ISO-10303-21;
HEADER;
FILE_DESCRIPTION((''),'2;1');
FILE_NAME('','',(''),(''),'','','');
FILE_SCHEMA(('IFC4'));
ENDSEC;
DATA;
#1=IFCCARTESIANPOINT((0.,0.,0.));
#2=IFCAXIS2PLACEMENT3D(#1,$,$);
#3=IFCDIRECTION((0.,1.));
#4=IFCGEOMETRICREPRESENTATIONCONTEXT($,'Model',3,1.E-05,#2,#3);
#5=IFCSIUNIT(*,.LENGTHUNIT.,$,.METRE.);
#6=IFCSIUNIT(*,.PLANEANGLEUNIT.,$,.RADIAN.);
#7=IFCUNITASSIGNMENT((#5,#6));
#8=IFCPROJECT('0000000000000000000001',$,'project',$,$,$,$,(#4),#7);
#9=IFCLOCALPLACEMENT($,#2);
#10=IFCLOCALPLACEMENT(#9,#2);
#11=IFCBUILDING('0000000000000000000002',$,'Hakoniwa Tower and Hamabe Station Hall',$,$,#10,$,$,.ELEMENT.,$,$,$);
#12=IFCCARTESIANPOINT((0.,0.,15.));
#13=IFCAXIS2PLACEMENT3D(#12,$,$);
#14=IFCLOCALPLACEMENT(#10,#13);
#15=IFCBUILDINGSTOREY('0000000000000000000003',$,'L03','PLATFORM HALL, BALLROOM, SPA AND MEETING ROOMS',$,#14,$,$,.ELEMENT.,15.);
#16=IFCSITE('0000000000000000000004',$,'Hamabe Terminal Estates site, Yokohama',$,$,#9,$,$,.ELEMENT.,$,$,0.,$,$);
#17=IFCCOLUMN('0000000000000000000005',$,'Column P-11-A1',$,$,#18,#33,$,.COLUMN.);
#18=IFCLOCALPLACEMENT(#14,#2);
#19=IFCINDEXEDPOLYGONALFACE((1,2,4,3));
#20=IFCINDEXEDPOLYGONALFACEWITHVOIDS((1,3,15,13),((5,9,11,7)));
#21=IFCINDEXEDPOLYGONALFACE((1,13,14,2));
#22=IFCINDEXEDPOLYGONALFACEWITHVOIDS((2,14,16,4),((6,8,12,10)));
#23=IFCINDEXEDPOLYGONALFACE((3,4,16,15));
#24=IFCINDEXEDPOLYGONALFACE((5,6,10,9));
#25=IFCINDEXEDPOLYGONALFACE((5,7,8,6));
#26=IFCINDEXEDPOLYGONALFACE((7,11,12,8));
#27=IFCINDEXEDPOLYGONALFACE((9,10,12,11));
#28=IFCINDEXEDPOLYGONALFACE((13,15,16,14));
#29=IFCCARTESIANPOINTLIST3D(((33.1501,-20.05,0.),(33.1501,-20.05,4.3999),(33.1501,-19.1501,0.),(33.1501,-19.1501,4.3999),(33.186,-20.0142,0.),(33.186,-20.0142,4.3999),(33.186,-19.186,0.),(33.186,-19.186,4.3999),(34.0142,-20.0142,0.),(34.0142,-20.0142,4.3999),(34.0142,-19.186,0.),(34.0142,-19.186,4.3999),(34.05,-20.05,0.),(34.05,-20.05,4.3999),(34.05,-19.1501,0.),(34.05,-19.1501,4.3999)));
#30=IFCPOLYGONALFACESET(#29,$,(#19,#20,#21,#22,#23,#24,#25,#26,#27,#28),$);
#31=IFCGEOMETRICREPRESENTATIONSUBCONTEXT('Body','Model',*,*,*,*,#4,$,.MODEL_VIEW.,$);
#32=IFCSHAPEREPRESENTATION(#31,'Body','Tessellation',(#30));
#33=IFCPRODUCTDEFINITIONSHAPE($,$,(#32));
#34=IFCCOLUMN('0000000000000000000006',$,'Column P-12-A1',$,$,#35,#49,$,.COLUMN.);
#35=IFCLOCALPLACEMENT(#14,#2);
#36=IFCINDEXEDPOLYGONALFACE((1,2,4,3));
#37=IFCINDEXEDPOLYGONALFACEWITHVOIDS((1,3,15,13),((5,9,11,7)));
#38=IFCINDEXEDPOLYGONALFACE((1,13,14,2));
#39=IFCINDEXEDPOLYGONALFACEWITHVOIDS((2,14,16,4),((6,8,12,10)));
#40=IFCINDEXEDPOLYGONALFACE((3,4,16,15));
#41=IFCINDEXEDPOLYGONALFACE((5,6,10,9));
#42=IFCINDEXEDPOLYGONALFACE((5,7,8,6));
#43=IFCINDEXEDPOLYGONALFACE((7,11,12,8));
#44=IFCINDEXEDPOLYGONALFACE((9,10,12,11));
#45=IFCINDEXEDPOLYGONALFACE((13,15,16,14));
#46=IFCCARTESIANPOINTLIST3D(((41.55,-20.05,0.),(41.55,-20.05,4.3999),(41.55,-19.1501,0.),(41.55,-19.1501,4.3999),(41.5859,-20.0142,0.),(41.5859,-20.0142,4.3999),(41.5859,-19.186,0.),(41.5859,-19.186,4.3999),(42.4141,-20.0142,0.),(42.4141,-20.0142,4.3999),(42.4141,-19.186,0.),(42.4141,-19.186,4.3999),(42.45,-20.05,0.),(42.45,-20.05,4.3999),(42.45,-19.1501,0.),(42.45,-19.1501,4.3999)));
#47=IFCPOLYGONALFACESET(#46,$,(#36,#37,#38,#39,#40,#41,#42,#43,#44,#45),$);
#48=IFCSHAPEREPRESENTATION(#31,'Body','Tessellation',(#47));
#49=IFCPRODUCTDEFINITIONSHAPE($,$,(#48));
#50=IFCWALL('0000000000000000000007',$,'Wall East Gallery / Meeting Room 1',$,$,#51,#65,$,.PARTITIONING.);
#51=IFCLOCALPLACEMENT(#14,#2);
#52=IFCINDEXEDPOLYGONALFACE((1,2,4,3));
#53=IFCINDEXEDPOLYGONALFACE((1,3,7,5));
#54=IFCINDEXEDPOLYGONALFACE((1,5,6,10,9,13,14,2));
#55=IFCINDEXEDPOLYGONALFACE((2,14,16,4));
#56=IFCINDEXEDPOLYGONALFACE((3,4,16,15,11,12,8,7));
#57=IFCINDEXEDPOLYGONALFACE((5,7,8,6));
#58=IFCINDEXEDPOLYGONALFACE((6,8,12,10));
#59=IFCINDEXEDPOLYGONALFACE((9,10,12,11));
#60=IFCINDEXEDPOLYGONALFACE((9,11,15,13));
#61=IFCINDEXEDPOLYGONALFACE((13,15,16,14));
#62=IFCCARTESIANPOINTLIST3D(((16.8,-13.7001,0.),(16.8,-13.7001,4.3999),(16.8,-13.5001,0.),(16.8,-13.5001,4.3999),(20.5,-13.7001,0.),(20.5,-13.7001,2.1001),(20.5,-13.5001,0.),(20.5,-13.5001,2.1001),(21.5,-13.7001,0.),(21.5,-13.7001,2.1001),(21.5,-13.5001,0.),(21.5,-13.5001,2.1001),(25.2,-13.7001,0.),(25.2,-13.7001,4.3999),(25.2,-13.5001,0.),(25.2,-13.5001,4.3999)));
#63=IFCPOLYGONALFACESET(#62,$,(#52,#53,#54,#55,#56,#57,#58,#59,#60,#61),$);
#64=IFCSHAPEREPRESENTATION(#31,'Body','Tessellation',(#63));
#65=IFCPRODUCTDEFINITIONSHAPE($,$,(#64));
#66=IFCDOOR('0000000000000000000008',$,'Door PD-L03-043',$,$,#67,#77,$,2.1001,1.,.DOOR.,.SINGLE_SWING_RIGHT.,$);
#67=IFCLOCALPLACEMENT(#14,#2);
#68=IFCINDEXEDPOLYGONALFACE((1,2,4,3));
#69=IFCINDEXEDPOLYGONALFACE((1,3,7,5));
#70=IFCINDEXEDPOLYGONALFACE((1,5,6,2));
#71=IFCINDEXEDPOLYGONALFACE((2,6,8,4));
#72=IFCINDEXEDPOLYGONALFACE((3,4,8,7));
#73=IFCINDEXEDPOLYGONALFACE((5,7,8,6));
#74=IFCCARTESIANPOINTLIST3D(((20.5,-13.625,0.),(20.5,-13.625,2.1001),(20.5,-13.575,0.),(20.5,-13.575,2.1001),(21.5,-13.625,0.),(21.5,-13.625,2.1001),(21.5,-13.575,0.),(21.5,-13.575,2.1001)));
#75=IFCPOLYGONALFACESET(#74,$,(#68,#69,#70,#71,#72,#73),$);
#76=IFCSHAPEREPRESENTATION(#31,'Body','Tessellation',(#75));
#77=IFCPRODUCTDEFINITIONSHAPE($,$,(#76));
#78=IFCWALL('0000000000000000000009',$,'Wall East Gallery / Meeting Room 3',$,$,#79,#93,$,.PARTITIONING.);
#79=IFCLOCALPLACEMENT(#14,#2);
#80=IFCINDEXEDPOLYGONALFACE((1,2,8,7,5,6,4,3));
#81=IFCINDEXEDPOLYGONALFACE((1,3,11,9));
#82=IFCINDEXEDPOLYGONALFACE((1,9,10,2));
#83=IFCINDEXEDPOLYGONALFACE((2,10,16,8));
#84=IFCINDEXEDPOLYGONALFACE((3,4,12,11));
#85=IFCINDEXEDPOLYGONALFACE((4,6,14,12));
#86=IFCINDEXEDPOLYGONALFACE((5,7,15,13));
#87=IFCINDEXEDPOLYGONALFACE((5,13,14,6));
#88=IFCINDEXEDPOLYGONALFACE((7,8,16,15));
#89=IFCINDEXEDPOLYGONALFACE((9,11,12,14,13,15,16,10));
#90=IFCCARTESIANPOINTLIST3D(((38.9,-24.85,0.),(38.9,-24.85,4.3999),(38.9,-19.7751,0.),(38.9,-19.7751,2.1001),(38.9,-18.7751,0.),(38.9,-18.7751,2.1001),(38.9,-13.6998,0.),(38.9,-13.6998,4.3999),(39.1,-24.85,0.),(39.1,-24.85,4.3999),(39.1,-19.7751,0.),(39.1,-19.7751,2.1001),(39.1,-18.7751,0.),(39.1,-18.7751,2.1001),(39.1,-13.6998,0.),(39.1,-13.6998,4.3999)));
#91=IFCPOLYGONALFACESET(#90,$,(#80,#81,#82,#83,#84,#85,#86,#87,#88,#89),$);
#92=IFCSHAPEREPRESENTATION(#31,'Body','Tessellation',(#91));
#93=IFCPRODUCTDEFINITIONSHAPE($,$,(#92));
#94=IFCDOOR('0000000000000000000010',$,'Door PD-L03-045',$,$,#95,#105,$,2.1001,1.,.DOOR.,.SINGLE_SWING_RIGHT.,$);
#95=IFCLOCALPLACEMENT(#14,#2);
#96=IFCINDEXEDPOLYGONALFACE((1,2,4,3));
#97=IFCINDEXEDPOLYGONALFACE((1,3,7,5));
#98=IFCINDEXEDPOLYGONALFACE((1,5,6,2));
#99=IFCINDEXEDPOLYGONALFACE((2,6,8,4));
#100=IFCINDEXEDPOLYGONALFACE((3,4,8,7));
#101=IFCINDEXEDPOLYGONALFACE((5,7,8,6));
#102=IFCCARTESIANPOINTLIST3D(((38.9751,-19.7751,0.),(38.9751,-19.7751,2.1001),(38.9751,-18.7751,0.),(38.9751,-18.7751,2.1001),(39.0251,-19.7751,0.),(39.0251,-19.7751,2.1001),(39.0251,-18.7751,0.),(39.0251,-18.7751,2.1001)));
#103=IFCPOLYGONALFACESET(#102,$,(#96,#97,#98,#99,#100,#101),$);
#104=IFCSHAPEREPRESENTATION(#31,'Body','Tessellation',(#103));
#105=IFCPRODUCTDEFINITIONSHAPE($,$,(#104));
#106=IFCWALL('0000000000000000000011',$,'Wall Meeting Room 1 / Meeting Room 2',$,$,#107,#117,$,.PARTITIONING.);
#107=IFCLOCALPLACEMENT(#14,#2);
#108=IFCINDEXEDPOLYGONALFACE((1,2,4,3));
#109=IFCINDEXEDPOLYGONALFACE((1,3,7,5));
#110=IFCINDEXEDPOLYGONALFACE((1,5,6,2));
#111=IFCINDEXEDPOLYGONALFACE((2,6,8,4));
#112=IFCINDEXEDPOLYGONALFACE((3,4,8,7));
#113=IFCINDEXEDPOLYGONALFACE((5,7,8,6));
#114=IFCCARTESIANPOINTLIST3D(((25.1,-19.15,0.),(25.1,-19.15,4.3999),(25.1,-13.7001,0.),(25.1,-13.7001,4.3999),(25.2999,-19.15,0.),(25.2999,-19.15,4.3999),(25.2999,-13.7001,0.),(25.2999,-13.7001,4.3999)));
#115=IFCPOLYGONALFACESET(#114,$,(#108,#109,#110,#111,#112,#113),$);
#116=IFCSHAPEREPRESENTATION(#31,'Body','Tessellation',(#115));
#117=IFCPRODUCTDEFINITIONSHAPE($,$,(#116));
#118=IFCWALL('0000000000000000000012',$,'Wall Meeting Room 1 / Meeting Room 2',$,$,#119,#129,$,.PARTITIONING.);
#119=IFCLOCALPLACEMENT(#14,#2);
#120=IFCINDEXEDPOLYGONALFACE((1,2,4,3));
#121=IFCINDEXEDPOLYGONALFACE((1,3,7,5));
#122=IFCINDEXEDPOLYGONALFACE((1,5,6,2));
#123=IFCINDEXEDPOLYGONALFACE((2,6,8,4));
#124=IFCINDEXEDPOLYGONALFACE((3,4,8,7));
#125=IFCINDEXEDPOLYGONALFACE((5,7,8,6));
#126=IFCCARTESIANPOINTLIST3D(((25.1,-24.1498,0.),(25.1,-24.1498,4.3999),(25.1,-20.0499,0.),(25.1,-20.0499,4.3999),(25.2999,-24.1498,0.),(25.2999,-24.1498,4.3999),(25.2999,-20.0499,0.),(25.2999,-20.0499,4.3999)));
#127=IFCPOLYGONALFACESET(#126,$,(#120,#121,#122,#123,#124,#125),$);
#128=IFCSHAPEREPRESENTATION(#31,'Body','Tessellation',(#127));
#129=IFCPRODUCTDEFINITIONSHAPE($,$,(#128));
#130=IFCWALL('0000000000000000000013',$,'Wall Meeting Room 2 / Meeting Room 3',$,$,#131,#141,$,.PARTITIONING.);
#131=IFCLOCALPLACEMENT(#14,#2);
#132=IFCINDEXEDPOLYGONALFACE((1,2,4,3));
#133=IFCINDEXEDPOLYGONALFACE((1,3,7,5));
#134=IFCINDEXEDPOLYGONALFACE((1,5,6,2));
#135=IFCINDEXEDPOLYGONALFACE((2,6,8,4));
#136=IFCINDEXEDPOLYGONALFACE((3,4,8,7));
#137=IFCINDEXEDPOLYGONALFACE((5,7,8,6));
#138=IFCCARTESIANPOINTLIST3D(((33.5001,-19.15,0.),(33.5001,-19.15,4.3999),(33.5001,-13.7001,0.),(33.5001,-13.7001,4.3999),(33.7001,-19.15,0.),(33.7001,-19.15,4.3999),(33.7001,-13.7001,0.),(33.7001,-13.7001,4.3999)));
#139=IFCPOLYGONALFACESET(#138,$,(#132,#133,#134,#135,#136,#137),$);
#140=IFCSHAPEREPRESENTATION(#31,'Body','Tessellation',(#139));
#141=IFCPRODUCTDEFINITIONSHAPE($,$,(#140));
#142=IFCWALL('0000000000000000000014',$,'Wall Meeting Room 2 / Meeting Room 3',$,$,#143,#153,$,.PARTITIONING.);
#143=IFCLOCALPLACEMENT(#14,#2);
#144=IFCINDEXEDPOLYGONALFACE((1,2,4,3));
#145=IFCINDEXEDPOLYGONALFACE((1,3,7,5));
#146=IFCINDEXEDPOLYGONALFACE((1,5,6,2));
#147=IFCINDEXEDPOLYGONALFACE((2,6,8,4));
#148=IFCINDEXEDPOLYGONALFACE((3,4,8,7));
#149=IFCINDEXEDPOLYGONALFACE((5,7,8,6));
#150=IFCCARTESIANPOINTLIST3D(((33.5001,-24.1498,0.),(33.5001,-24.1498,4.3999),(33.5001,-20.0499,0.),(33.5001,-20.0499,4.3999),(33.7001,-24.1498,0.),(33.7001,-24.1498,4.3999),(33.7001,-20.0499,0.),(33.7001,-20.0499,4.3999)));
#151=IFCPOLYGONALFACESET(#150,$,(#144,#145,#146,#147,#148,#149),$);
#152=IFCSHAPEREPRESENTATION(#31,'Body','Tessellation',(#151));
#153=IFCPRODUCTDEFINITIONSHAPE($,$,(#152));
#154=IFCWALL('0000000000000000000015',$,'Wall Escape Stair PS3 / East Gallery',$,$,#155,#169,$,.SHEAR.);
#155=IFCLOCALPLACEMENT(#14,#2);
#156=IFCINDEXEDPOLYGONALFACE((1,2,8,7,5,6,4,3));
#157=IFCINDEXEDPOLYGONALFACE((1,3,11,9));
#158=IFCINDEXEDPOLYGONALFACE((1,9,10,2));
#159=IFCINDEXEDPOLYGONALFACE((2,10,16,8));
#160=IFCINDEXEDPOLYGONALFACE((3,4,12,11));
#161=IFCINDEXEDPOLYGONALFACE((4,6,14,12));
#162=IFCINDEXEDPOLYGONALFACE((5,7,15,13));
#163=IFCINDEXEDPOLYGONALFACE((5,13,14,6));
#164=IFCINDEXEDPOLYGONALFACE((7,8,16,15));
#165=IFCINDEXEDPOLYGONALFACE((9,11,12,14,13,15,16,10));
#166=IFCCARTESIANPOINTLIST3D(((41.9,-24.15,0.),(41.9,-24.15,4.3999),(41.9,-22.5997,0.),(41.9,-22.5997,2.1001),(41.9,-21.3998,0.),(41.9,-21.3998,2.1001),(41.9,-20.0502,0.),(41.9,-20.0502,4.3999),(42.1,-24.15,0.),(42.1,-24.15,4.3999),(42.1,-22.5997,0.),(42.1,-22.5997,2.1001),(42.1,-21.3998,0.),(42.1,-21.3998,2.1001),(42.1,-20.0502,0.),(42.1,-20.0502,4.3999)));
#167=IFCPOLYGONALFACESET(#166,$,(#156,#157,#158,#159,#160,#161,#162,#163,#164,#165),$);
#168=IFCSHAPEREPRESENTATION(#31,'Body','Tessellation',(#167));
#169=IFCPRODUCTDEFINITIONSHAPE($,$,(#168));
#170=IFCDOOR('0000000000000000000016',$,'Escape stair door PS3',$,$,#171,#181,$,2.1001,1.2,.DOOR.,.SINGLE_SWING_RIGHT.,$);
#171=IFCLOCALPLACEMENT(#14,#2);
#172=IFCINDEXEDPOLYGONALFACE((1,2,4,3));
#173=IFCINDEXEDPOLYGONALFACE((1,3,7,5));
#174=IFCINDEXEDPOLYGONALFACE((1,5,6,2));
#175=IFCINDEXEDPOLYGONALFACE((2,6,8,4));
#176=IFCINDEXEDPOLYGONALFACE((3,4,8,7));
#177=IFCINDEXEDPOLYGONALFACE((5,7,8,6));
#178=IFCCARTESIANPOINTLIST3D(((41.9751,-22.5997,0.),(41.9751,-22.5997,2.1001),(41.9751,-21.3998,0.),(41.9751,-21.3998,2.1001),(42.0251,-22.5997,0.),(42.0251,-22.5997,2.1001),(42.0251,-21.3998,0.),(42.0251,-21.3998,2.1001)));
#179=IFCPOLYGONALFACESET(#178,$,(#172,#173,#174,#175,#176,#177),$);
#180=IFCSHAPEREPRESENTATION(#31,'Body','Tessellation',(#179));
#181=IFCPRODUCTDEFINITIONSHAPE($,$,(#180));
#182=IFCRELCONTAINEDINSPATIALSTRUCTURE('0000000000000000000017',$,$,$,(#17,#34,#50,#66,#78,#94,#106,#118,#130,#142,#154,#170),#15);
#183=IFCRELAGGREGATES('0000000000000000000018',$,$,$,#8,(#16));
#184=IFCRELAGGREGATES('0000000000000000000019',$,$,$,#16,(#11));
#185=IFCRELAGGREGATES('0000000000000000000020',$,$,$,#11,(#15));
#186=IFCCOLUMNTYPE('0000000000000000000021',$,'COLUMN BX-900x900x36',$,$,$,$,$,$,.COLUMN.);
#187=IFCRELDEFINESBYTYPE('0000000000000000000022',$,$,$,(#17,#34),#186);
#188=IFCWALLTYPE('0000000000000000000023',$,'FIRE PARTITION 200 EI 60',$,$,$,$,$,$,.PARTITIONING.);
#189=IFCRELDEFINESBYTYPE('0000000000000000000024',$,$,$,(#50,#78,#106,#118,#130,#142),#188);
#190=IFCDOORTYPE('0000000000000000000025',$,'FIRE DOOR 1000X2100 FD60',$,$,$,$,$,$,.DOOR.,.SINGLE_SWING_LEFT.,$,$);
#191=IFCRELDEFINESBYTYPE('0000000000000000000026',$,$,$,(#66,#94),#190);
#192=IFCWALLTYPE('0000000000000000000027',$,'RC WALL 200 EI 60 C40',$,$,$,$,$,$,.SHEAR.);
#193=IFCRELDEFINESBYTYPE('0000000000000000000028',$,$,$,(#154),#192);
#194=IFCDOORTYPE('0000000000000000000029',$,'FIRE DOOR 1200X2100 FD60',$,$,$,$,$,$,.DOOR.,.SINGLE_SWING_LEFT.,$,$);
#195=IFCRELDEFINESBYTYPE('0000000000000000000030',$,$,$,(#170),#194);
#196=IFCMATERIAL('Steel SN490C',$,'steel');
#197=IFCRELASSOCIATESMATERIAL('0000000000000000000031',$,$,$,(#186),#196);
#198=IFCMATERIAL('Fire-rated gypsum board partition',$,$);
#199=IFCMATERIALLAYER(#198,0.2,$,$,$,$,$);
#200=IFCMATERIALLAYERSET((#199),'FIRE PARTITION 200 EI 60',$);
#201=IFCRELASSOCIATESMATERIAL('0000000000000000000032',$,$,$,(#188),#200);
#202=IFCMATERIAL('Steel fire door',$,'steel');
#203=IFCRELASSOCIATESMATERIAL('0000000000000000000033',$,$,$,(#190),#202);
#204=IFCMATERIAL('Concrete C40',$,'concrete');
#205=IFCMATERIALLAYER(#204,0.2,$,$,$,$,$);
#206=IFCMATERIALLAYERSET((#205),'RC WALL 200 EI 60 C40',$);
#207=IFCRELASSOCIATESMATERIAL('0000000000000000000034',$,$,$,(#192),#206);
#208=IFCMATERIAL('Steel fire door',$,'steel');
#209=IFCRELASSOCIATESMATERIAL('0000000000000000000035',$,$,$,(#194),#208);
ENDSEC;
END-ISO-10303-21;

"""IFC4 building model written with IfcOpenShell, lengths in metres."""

from ifc_helpers import new_model, si_unit, direction, frame, frame_2d, origin, origin_2d, place, context, subcontext, project, spatial, rectangle, hollow_rectangle, extrude, material, layer, layer_set, material_profile, profile_set, type_object, element, fill, save


model = new_model("IFC4")

# Units and contexts
model_context = context("Model", 3, precision=1e-05, world=origin(), true_north=direction((0.0, 1.0)))
body_context = subcontext(model_context, "Body", "Model", "MODEL_VIEW")
ifc_project = project(units=[si_unit("LENGTHUNIT", "METRE"), si_unit("PLANEANGLEUNIT", "RADIAN")], contexts=[model_context])

# Site, building, storey
site_placement = place(None, origin())
site = spatial("IfcSite", under=ifc_project, at=site_placement, Name="Hamabe Terminal Estates site, Yokohama", CompositionType="ELEMENT", RefElevation=0.0)
building_placement = place(site_placement, origin())
building = spatial("IfcBuilding", under=site, at=building_placement, Name="Hakoniwa Tower and Hamabe Station Hall", CompositionType="ELEMENT")
storey_placement = place(building_placement, frame((0.0, 0.0, 15.0)))
storey = spatial("IfcBuildingStorey", under=building, at=storey_placement, Name="L03", Description="PLATFORM HALL, BALLROOM, SPA AND MEETING ROOMS", CompositionType="ELEMENT", Elevation=15.0)

# Columns
ifc_material_1 = material(Name="Steel SN490C", Category="steel")
ifc_material_profile_1 = material_profile(ifc_material_1, hollow_rectangle(XDim=0.8999, YDim=0.8999, WallThickness=0.0359, at=origin_2d()), Name="BX-900x900x36")
ifc_profile_set_1 = profile_set([ifc_material_profile_1], Name="Steel SN490C")
column_type_1 = type_object("IfcColumnType", Name="COLUMN BX-900x900x36", PredefinedType="COLUMN", material=ifc_profile_set_1)
for number, where, z_axis, x_axis, name in (
    (1, (33.6001, -19.6001, 0.0), (0.0, 0.0, 1.0), (1.0, 0.0, 0.0), "Column P-11-A1"),
    (2, (42.0, -19.6001, 0.0), (0.0, 0.0, 1.0), (1.0, 0.0, 0.0), "Column P-12-A1"),
):
    element("IfcColumn", number, at=place(storey_placement, frame(where, z_axis=z_axis, x_axis=x_axis)), inside=storey, type_object=column_type_1, Name=name, PredefinedType="COLUMN", context=body_context, shape_type="SweptSolid", body=[
        extrude(hollow_rectangle(XDim=0.8999, YDim=0.8999, WallThickness=0.0359, at=origin_2d()), origin(), (0.0, 0.0, 1.0), 4.3999),
    ])

# Walls, openings, doors
ifc_material_2 = material(Name="Fire-rated gypsum board partition")
ifc_layer_1 = layer(ifc_material_2, 0.2)
ifc_layer_set_1 = layer_set([ifc_layer_1], Name="FIRE PARTITION 200 EI 60")
wall_type_1 = type_object("IfcWallType", Name="FIRE PARTITION 200 EI 60", PredefinedType="PARTITIONING", material=ifc_layer_set_1)
wall_1_placement = place(storey_placement, frame((25.2, -13.6001, 0.0), z_axis=(0.0, 0.0, 1.0), x_axis=(-1.0, 0.0, 0.0)))
wall_1 = element("IfcWall", 3, at=wall_1_placement, inside=storey, type_object=wall_type_1, Name="Wall East Gallery / Meeting Room 1", PredefinedType="PARTITIONING", context=body_context, shape_type="SweptSolid", body=[
    extrude(rectangle(XDim=8.3999, YDim=0.2, at=frame_2d((4.2, 0.0))), origin(), (0.0, 0.0, 1.0), 4.3999),
])
opening_1_placement = place(wall_1_placement, frame((3.7, 0.0, 0.0)))
opening_1 = element("IfcOpeningElement", 4, at=opening_1_placement, cuts=wall_1, PredefinedType="OPENING", context=body_context, shape_type="SweptSolid", body=[
    extrude(rectangle(XDim=1.0, YDim=2.1001, at=frame_2d((0.5, 1.05))), frame((0.0, 0.1099, 0.0), z_axis=(0.0, -1.0, 0.0), x_axis=(1.0, 0.0, 0.0)), (0.0, 0.0, 1.0), 0.22),
])
ifc_material_3 = material(Name="Steel fire door", Category="steel")
door_type_1 = type_object("IfcDoorType", Name="FIRE DOOR 1000X2100 FD60", OperationType="SINGLE_SWING_LEFT", PredefinedType="DOOR", material=ifc_material_3)
door_1_placement = place(opening_1_placement, origin())
door_1 = element("IfcDoor", 5, at=door_1_placement, inside=storey, type_object=door_type_1, Name="Door PD-L03-043", OperationType="SINGLE_SWING_RIGHT", OverallHeight=2.1001, OverallWidth=1.0, PredefinedType="DOOR", context=body_context, shape_type="SweptSolid", body=[
    extrude(rectangle(XDim=1.0, YDim=2.1001, at=frame_2d((0.5, 1.05))), frame((0.0, 0.0249, 0.0), z_axis=(0.0, -1.0, 0.0), x_axis=(1.0, 0.0, 0.0)), (0.0, 0.0, 1.0), 0.05),
])
fill(opening_1, door_1)
wall_2_placement = place(storey_placement, frame((39.0, -24.8501, 0.0), z_axis=(0.0, 0.0, 1.0), x_axis=(0.0, 1.0, 0.0)))
wall_2 = element("IfcWall", 6, at=wall_2_placement, inside=storey, type_object=wall_type_1, Name="Wall East Gallery / Meeting Room 3", PredefinedType="PARTITIONING", context=body_context, shape_type="SweptSolid", body=[
    extrude(rectangle(XDim=11.1501, YDim=0.2, at=frame_2d((5.5752, 0.0))), origin(), (0.0, 0.0, 1.0), 4.3999),
])
opening_2_placement = place(wall_2_placement, frame((5.075, 0.0, 0.0)))
opening_2 = element("IfcOpeningElement", 7, at=opening_2_placement, cuts=wall_2, PredefinedType="OPENING", context=body_context, shape_type="SweptSolid", body=[
    extrude(rectangle(XDim=1.0, YDim=2.1001, at=frame_2d((0.5, 1.05))), frame((0.0, 0.1099, 0.0), z_axis=(0.0, -1.0, 0.0), x_axis=(1.0, 0.0, 0.0)), (0.0, 0.0, 1.0), 0.22),
])
door_2_placement = place(opening_2_placement, origin())
door_2 = element("IfcDoor", 8, at=door_2_placement, inside=storey, type_object=door_type_1, Name="Door PD-L03-045", OperationType="SINGLE_SWING_RIGHT", OverallHeight=2.1001, OverallWidth=1.0, PredefinedType="DOOR", context=body_context, shape_type="SweptSolid", body=[
    extrude(rectangle(XDim=1.0, YDim=2.1001, at=frame_2d((0.5, 1.05))), frame((0.0, 0.0249, 0.0), z_axis=(0.0, -1.0, 0.0), x_axis=(1.0, 0.0, 0.0)), (0.0, 0.0, 1.0), 0.05),
])
fill(opening_2, door_2)

# Walls
wall_3_placement = place(storey_placement, frame((25.2, -13.7, 0.0), z_axis=(0.0, 0.0, 1.0), x_axis=(0.0, -1.0, 0.0)))
element("IfcWall", 9, at=wall_3_placement, inside=storey, type_object=wall_type_1, Name="Wall Meeting Room 1 / Meeting Room 2", PredefinedType="PARTITIONING", context=body_context, shape_type="SweptSolid", body=[
    extrude(rectangle(XDim=5.45, YDim=0.2, at=frame_2d((2.7251, 0.0))), origin(), (0.0, 0.0, 1.0), 4.3999),
])
wall_4_placement = place(storey_placement, frame((25.2, -20.05, 0.0), z_axis=(0.0, 0.0, 1.0), x_axis=(0.0, -1.0, 0.0)))
element("IfcWall", 10, at=wall_4_placement, inside=storey, type_object=wall_type_1, Name="Wall Meeting Room 1 / Meeting Room 2", PredefinedType="PARTITIONING", context=body_context, shape_type="SweptSolid", body=[
    extrude(rectangle(XDim=4.0999, YDim=0.2, at=frame_2d((2.0498, 0.0))), origin(), (0.0, 0.0, 1.0), 4.3999),
])
wall_5_placement = place(storey_placement, frame((33.6001, -13.7, 0.0), z_axis=(0.0, 0.0, 1.0), x_axis=(0.0, -1.0, 0.0)))
element("IfcWall", 11, at=wall_5_placement, inside=storey, type_object=wall_type_1, Name="Wall Meeting Room 2 / Meeting Room 3", PredefinedType="PARTITIONING", context=body_context, shape_type="SweptSolid", body=[
    extrude(rectangle(XDim=5.45, YDim=0.2, at=frame_2d((2.7251, 0.0))), origin(), (0.0, 0.0, 1.0), 4.3999),
])
wall_6_placement = place(storey_placement, frame((33.6001, -20.05, 0.0), z_axis=(0.0, 0.0, 1.0), x_axis=(0.0, -1.0, 0.0)))
element("IfcWall", 12, at=wall_6_placement, inside=storey, type_object=wall_type_1, Name="Wall Meeting Room 2 / Meeting Room 3", PredefinedType="PARTITIONING", context=body_context, shape_type="SweptSolid", body=[
    extrude(rectangle(XDim=4.0999, YDim=0.2, at=frame_2d((2.0498, 0.0))), origin(), (0.0, 0.0, 1.0), 4.3999),
])

# Wall, opening, door
ifc_material_4 = material(Name="Concrete C40", Category="concrete")
ifc_layer_2 = layer(ifc_material_4, 0.2)
ifc_layer_set_2 = layer_set([ifc_layer_2], Name="RC WALL 200 EI 60 C40")
wall_type_2 = type_object("IfcWallType", Name="RC WALL 200 EI 60 C40", PredefinedType="SHEAR", material=ifc_layer_set_2)
wall_7_placement = place(storey_placement, frame((42.0, -24.1499, 0.0), z_axis=(0.0, 0.0, 1.0), x_axis=(0.0, 1.0, 0.0)))
wall_7 = element("IfcWall", 13, at=wall_7_placement, inside=storey, type_object=wall_type_2, Name="Wall Escape Stair PS3 / East Gallery", PredefinedType="SHEAR", context=body_context, shape_type="SweptSolid", body=[
    extrude(rectangle(XDim=4.0999, YDim=0.2, at=frame_2d((2.0498, 0.0))), origin(), (0.0, 0.0, 1.0), 4.3999),
])
opening_3_placement = place(wall_7_placement, frame((1.55, 0.0, 0.0)))
opening_3 = element("IfcOpeningElement", 14, at=opening_3_placement, cuts=wall_7, PredefinedType="OPENING", context=body_context, shape_type="SweptSolid", body=[
    extrude(rectangle(XDim=1.2, YDim=2.1001, at=frame_2d((0.6001, 1.05))), frame((0.0, 0.1099, 0.0), z_axis=(0.0, -1.0, 0.0), x_axis=(1.0, 0.0, 0.0)), (0.0, 0.0, 1.0), 0.22),
])
ifc_material_5 = material(Name="Steel fire door", Category="steel")
door_type_2 = type_object("IfcDoorType", Name="FIRE DOOR 1200X2100 FD60", OperationType="SINGLE_SWING_LEFT", PredefinedType="DOOR", material=ifc_material_5)
door_3_placement = place(opening_3_placement, origin())
door_3 = element("IfcDoor", 15, at=door_3_placement, inside=storey, type_object=door_type_2, Name="Escape stair door PS3", OperationType="SINGLE_SWING_RIGHT", OverallHeight=2.1001, OverallWidth=1.2, PredefinedType="DOOR", context=body_context, shape_type="SweptSolid", body=[
    extrude(rectangle(XDim=1.2, YDim=2.1001, at=frame_2d((0.6001, 1.05))), frame((0.0, 0.0249, 0.0), z_axis=(0.0, -1.0, 0.0), x_axis=(1.0, 0.0, 0.0)), (0.0, 0.0, 1.0), 0.05),
])
fill(opening_3, door_3)

save(model, "model.ifc")
